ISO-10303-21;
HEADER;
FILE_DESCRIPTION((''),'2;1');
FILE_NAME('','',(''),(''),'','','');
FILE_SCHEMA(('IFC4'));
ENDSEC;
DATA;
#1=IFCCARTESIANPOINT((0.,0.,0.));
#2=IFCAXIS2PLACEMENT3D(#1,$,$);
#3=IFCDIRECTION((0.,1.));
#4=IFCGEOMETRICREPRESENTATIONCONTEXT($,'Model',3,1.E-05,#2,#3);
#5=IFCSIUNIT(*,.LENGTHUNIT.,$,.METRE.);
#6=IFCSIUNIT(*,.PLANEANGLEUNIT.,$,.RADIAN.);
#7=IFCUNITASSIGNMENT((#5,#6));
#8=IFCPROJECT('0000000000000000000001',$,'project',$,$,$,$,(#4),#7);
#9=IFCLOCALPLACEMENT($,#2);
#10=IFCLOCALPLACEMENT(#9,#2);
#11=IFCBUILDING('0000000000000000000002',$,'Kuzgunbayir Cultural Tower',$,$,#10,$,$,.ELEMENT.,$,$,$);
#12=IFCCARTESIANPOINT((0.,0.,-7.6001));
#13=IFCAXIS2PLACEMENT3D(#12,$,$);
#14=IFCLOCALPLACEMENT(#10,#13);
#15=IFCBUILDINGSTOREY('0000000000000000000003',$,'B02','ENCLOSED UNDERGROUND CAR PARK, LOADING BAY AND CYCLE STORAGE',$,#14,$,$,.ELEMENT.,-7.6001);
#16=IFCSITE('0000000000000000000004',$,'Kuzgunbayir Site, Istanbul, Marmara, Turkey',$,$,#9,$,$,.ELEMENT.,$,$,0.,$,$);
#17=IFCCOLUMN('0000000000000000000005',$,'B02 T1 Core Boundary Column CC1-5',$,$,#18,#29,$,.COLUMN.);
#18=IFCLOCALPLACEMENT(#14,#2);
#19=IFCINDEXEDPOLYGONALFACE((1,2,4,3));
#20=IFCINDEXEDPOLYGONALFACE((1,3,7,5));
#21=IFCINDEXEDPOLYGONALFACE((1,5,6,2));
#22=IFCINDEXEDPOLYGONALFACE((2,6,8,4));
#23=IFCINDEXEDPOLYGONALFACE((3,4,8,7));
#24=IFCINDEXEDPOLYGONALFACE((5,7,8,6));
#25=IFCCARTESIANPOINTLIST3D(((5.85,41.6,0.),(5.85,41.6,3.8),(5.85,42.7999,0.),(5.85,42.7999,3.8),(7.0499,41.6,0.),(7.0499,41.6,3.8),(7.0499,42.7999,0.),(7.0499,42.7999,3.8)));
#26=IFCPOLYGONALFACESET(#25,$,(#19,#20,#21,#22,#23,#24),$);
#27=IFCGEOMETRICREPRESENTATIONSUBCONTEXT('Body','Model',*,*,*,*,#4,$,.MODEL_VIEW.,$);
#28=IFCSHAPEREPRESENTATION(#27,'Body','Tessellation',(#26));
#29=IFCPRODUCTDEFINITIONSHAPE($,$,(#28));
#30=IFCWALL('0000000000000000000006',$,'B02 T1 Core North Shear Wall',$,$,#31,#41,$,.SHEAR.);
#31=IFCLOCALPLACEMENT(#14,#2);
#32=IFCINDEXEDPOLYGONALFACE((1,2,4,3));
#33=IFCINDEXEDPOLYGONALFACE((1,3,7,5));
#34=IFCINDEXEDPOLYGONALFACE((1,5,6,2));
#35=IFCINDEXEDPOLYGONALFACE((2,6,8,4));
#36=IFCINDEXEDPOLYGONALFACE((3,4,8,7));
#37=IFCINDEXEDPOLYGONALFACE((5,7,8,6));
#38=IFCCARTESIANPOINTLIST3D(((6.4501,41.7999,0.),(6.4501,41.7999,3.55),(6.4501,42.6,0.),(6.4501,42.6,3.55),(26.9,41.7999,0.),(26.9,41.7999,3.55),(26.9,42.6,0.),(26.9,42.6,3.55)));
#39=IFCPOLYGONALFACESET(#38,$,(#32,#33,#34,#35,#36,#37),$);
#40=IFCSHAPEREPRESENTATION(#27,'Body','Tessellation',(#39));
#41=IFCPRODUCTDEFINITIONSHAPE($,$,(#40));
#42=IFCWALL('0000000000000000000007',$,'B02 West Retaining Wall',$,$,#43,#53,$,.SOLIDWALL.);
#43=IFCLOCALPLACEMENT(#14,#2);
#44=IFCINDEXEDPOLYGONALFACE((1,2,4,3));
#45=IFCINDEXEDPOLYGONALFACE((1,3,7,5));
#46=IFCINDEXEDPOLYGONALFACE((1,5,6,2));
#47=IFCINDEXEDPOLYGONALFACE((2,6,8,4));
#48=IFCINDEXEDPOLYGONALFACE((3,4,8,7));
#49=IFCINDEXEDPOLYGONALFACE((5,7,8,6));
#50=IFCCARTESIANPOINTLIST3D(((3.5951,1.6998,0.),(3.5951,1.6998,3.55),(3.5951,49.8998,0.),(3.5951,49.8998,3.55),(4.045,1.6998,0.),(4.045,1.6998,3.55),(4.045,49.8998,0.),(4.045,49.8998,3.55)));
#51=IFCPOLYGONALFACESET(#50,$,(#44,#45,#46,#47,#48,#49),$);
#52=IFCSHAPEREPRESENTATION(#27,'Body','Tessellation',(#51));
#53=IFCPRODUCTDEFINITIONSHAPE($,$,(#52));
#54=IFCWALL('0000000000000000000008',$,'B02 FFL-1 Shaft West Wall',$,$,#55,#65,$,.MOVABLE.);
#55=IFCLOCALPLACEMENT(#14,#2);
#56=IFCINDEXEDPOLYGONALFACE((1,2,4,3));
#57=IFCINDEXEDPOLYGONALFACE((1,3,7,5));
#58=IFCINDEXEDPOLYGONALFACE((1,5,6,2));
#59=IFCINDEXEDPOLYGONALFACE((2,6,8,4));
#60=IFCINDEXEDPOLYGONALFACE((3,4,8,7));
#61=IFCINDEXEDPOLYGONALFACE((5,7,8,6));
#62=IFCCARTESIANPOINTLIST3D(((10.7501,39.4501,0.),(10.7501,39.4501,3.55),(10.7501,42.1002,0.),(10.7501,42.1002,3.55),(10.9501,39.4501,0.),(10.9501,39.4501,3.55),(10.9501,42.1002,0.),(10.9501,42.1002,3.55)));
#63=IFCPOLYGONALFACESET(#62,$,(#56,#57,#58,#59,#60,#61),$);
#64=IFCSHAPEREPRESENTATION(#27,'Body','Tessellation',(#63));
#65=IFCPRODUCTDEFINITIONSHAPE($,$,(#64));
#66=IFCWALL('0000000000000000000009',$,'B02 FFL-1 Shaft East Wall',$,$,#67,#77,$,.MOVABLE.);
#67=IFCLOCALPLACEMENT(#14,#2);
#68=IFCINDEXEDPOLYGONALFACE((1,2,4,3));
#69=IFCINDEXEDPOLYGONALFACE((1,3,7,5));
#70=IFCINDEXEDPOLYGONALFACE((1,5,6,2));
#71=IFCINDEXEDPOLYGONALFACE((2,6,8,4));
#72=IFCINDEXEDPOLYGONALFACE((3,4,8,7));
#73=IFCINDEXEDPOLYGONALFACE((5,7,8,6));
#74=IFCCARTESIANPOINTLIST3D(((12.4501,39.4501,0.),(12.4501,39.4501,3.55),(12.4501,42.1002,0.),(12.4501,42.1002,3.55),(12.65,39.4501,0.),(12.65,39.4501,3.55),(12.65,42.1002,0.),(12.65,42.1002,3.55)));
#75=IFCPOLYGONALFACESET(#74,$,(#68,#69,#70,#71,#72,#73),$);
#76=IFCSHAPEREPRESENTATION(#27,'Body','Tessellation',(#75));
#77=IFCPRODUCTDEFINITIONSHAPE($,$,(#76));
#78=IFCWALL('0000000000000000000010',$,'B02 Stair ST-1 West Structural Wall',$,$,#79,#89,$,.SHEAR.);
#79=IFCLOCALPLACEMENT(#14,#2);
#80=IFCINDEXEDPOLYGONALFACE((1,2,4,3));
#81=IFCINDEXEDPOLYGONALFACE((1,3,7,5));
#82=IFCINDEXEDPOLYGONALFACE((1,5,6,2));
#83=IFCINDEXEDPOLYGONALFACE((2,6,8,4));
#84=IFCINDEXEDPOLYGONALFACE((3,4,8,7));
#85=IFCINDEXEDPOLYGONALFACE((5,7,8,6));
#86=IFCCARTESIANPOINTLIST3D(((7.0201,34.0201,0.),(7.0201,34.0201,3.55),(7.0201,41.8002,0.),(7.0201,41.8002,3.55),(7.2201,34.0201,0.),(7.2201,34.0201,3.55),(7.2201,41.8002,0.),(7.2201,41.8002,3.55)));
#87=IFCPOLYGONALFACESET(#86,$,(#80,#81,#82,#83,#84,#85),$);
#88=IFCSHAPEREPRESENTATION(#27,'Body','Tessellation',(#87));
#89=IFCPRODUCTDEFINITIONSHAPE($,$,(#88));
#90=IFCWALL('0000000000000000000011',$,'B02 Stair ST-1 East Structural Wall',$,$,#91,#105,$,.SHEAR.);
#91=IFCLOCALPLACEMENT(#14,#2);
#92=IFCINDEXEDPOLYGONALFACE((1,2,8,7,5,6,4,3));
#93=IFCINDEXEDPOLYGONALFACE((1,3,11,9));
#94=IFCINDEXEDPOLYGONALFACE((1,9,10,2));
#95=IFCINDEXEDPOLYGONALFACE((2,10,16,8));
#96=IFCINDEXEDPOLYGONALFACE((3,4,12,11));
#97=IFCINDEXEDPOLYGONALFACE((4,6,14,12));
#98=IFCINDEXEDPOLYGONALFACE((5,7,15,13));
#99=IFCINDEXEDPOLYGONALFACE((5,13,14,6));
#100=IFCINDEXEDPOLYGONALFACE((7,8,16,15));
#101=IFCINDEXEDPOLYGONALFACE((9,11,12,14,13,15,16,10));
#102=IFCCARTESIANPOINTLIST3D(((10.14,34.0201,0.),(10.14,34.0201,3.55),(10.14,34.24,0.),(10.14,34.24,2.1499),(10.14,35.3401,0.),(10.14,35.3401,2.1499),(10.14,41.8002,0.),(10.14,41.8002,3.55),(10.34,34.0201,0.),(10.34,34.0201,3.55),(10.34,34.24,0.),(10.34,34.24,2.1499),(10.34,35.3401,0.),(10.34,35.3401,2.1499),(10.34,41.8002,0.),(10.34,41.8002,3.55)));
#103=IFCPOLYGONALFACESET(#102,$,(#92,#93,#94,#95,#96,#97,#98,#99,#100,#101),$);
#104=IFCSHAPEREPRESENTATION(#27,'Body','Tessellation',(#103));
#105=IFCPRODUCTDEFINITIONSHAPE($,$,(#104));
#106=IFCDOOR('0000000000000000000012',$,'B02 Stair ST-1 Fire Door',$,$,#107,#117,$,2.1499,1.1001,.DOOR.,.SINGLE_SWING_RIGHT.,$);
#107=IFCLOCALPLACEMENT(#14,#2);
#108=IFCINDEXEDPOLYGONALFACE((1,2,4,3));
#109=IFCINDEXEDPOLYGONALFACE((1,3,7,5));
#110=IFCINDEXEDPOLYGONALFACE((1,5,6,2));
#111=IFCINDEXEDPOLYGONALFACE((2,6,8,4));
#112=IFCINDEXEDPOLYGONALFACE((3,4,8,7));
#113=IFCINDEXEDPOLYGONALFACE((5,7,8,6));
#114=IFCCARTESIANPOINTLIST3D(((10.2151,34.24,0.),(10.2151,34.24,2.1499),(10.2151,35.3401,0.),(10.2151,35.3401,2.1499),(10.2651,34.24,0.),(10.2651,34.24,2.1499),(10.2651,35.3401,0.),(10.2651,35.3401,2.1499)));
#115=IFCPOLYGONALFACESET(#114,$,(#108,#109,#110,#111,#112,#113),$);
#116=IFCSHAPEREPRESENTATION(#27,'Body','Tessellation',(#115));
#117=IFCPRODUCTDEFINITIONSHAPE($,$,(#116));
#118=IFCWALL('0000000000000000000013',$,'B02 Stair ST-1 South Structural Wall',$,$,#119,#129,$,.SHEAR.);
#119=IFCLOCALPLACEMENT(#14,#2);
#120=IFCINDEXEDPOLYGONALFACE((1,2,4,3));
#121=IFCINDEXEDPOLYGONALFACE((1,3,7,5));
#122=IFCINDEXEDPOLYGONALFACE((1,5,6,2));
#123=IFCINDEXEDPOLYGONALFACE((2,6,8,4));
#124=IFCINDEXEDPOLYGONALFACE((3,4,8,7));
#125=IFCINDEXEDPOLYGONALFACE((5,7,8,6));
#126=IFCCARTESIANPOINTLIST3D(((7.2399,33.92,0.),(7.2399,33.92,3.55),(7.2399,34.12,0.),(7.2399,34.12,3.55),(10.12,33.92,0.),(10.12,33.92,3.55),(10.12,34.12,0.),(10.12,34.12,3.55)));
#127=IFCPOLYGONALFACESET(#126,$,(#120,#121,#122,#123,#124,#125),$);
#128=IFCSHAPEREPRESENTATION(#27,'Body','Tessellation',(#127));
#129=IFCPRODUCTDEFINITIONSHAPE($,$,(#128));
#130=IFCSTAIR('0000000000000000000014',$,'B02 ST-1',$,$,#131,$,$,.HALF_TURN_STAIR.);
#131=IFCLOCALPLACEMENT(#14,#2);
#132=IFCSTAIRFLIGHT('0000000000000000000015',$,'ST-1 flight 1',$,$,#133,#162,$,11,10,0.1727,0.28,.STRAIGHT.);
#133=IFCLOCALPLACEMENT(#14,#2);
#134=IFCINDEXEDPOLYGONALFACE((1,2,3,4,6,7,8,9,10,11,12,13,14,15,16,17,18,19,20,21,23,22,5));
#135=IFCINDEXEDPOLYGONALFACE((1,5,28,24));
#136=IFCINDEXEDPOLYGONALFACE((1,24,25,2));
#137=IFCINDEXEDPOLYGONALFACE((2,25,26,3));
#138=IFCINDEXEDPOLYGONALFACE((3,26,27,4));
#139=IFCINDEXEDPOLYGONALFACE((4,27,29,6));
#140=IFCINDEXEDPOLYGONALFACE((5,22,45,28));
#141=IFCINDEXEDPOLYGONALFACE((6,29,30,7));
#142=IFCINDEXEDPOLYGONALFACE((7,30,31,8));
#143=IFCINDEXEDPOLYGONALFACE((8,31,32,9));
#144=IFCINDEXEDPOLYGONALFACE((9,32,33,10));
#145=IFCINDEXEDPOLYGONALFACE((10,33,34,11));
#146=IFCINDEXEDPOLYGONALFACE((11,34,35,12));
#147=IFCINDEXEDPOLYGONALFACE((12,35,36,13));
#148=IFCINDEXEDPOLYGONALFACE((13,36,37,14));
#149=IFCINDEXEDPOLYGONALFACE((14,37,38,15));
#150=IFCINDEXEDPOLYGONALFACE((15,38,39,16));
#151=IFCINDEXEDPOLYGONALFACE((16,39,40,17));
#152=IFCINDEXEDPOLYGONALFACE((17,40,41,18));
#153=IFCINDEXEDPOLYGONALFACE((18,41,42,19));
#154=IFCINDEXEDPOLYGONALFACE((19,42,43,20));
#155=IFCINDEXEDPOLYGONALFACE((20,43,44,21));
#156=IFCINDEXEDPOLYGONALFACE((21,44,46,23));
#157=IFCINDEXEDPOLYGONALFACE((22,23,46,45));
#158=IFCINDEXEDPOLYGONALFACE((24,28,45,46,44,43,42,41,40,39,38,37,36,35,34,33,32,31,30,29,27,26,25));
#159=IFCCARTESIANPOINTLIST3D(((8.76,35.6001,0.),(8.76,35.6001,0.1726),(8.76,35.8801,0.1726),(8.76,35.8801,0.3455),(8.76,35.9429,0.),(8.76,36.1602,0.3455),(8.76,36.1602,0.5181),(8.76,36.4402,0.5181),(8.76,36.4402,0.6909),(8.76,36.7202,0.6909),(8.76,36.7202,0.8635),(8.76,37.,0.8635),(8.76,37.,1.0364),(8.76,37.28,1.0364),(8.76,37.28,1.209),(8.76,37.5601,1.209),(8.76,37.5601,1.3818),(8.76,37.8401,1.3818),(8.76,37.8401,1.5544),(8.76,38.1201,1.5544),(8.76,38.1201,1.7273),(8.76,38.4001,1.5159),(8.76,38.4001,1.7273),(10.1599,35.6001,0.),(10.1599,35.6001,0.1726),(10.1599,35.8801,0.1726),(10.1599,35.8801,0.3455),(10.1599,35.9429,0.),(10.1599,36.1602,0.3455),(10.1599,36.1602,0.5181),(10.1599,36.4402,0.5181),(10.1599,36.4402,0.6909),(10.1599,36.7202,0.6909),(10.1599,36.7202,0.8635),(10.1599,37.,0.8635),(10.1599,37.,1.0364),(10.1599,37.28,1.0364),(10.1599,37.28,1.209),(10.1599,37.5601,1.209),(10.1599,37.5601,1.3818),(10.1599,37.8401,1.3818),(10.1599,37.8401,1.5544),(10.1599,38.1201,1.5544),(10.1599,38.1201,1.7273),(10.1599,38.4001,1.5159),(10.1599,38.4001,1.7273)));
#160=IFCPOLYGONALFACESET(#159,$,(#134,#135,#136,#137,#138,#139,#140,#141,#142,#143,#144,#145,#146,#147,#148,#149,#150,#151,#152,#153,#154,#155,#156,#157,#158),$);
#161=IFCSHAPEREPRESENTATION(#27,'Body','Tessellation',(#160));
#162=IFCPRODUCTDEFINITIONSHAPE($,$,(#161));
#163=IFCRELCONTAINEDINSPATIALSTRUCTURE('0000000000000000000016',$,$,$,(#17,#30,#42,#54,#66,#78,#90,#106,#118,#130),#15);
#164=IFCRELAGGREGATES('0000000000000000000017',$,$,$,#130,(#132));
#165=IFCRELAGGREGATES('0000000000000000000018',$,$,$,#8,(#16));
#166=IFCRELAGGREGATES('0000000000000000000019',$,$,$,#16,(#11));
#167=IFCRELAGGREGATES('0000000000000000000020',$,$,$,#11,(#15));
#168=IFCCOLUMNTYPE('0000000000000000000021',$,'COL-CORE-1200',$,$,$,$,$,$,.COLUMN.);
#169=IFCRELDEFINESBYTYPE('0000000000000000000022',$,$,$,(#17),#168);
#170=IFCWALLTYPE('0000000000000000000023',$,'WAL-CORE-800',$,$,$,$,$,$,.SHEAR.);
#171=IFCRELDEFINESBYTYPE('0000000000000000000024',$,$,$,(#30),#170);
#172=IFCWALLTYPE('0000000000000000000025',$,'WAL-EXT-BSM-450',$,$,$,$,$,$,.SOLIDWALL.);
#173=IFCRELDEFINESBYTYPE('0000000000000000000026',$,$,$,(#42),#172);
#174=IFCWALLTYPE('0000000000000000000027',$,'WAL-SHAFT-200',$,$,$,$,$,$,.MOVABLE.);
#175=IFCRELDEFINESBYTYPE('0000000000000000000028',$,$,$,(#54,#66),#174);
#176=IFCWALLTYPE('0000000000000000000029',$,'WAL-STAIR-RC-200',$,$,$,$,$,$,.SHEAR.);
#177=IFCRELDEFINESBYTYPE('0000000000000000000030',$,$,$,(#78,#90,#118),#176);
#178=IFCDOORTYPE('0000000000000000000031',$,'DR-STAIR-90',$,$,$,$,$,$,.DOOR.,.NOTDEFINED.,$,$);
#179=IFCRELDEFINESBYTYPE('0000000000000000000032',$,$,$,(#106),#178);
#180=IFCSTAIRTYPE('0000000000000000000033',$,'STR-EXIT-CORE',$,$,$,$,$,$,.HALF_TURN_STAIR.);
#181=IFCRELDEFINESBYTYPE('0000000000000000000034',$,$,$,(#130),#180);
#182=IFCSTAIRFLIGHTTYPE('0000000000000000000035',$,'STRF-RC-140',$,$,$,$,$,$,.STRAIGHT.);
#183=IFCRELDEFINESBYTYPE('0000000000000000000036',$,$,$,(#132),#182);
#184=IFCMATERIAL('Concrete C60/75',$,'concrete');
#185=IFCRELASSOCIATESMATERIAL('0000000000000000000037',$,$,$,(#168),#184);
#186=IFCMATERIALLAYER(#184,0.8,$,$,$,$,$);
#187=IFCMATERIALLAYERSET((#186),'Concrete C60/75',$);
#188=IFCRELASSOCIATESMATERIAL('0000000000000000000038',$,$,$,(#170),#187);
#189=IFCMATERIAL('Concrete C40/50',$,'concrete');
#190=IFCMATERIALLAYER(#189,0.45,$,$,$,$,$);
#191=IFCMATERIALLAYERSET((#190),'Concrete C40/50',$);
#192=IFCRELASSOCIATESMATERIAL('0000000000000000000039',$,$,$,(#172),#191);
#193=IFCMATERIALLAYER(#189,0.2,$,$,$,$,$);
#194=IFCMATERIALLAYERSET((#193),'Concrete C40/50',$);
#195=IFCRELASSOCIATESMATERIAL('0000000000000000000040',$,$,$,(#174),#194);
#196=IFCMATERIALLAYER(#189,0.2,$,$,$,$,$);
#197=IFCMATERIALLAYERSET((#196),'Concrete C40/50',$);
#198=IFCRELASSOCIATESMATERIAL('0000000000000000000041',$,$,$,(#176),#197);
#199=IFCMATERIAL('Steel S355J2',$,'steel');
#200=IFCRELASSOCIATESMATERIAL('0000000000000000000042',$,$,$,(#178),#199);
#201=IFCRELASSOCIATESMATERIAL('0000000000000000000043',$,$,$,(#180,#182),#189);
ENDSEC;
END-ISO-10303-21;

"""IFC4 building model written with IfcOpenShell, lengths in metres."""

from ifc_helpers import new_model, si_unit, direction, frame, frame_2d, origin, origin_2d, place, context, subcontext, project, spatial, polyline, rectangle, outline, extrude, material, layer, layer_set, material_profile, profile_set, type_object, element, fill, aggregate, save


model = new_model("IFC4")

# Units and contexts
model_context = context("Model", 3, precision=1e-05, world=origin(), true_north=direction((0.0, 1.0)))
body_context = subcontext(model_context, "Body", "Model", "MODEL_VIEW")
ifc_project = project(units=[si_unit("LENGTHUNIT", "METRE"), si_unit("PLANEANGLEUNIT", "RADIAN")], contexts=[model_context])

# Site, building, storey
site_placement = place(None, origin())
site = spatial("IfcSite", under=ifc_project, at=site_placement, Name="Kuzgunbayir Site, Istanbul, Marmara, Turkey", CompositionType="ELEMENT", RefElevation=0.0)
building_placement = place(site_placement, origin())
building = spatial("IfcBuilding", under=site, at=building_placement, Name="Kuzgunbayir Cultural Tower", CompositionType="ELEMENT")
storey_placement = place(building_placement, frame((0.0, 0.0, -7.6001)))
storey = spatial("IfcBuildingStorey", under=building, at=storey_placement, Name="B02", Description="ENCLOSED UNDERGROUND CAR PARK, LOADING BAY AND CYCLE STORAGE", CompositionType="ELEMENT", Elevation=-7.6001)

# Column
ifc_material_1 = material(Name="Concrete C60/75", Category="concrete")
ifc_material_profile = material_profile(ifc_material_1, rectangle(XDim=1.2, YDim=1.2, at=origin_2d()), Name="RC 1200x1200")
ifc_profile_set = profile_set([ifc_material_profile], Name="Concrete C60/75")
column_type = type_object("IfcColumnType", Name="COL-CORE-1200", PredefinedType="COLUMN", material=ifc_profile_set)
column_placement = place(storey_placement, frame((6.45, 42.2, 0.0), z_axis=(0.0, 0.0, 1.0), x_axis=(1.0, 0.0, 0.0)))
element("IfcColumn", 1, at=column_placement, inside=storey, type_object=column_type, Name="B02 T1 Core Boundary Column CC1-5", PredefinedType="COLUMN", context=body_context, shape_type="SweptSolid", body=[
    extrude(rectangle(XDim=1.2, YDim=1.2, at=origin_2d()), origin(), (0.0, 0.0, 1.0), 3.8),
])

# Walls
ifc_layer_1 = layer(ifc_material_1, 0.8)
ifc_layer_set_1 = layer_set([ifc_layer_1], Name="Concrete C60/75")
wall_type_1 = type_object("IfcWallType", Name="WAL-CORE-800", PredefinedType="SHEAR", material=ifc_layer_set_1)
wall_1_placement = place(storey_placement, frame((6.45, 42.2, 0.0), z_axis=(0.0, 0.0, 1.0), x_axis=(1.0, 0.0, 0.0)))
element("IfcWall", 2, at=wall_1_placement, inside=storey, type_object=wall_type_1, Name="B02 T1 Core North Shear Wall", PredefinedType="SHEAR", context=body_context, shape_type="SweptSolid", body=[
    extrude(rectangle(XDim=20.45, YDim=0.8, at=frame_2d((10.2251, 0.0))), origin(), (0.0, 0.0, 1.0), 3.55),
])
ifc_material_2 = material(Name="Concrete C40/50", Category="concrete")
ifc_layer_2 = layer(ifc_material_2, 0.45)
ifc_layer_set_2 = layer_set([ifc_layer_2], Name="Concrete C40/50")
wall_type_2 = type_object("IfcWallType", Name="WAL-EXT-BSM-450", PredefinedType="SOLIDWALL", material=ifc_layer_set_2)
wall_2_placement = place(storey_placement, frame((3.8201, 49.8999, 0.0), z_axis=(0.0, 0.0, 1.0), x_axis=(0.0, -1.0, 0.0)))
element("IfcWall", 3, at=wall_2_placement, inside=storey, type_object=wall_type_2, Name="B02 West Retaining Wall", PredefinedType="SOLIDWALL", context=body_context, shape_type="SweptSolid", body=[
    extrude(rectangle(XDim=48.2, YDim=0.45, at=frame_2d((24.1001, 0.0))), origin(), (0.0, 0.0, 1.0), 3.55),
])

# Shared definitions
ifc_layer_3 = layer(ifc_material_2, 0.2)
ifc_layer_set_3 = layer_set([ifc_layer_3], Name="Concrete C40/50")
wall_type_3 = type_object("IfcWallType", Name="WAL-SHAFT-200", PredefinedType="MOVABLE", material=ifc_layer_set_3)

# Walls
for number, where, z_axis, x_axis, name in (
    (4, (10.8501, 39.45, 0.0), (0.0, 0.0, 1.0), (0.0, 1.0, 0.0), "B02 FFL-1 Shaft West Wall"),
    (5, (12.55, 39.45, 0.0), (0.0, 0.0, 1.0), (0.0, 1.0, 0.0), "B02 FFL-1 Shaft East Wall"),
):
    element("IfcWall", number, at=place(storey_placement, frame(where, z_axis=z_axis, x_axis=x_axis)), inside=storey, type_object=wall_type_3, Name=name, PredefinedType="MOVABLE", context=body_context, shape_type="SweptSolid", body=[
        extrude(rectangle(XDim=2.6501, YDim=0.2, at=frame_2d((1.3252, 0.0))), origin(), (0.0, 0.0, 1.0), 3.55),
    ])
ifc_layer_4 = layer(ifc_material_2, 0.2)
ifc_layer_set_4 = layer_set([ifc_layer_4], Name="Concrete C40/50")
wall_type_4 = type_object("IfcWallType", Name="WAL-STAIR-RC-200", PredefinedType="SHEAR", material=ifc_layer_set_4)
wall_3_placement = place(storey_placement, frame((7.1201, 34.02, 0.0), z_axis=(0.0, 0.0, 1.0), x_axis=(0.0, 1.0, 0.0)))
element("IfcWall", 6, at=wall_3_placement, inside=storey, type_object=wall_type_4, Name="B02 Stair ST-1 West Structural Wall", PredefinedType="SHEAR", context=body_context, shape_type="SweptSolid", body=[
    extrude(rectangle(XDim=7.78, YDim=0.2, at=frame_2d((3.8901, 0.0))), origin(), (0.0, 0.0, 1.0), 3.55),
])

# Wall, opening, door
wall_4_placement = place(storey_placement, frame((10.24, 34.02, 0.0), z_axis=(0.0, 0.0, 1.0), x_axis=(0.0, 1.0, 0.0)))
wall_4 = element("IfcWall", 7, at=wall_4_placement, inside=storey, type_object=wall_type_4, Name="B02 Stair ST-1 East Structural Wall", PredefinedType="SHEAR", context=body_context, shape_type="SweptSolid", body=[
    extrude(rectangle(XDim=7.78, YDim=0.2, at=frame_2d((3.8901, 0.0))), origin(), (0.0, 0.0, 1.0), 3.55),
])
opening_1_placement = place(wall_4_placement, frame((0.22, 0.0, 0.0)))
opening_1 = element("IfcOpeningElement", 8, at=opening_1_placement, cuts=wall_4, PredefinedType="OPENING", context=body_context, shape_type="SweptSolid", body=[
    extrude(rectangle(XDim=1.1001, YDim=2.1499, at=frame_2d((0.55, 1.075))), frame((0.0, 0.1099, 0.0), z_axis=(0.0, -1.0, 0.0), x_axis=(1.0, 0.0, 0.0)), (0.0, 0.0, 1.0), 0.22),
])
ifc_material_3 = material(Name="Steel S355J2", Category="steel")
door_type_1 = type_object("IfcDoorType", Name="DR-STAIR-90", OperationType="NOTDEFINED", PredefinedType="DOOR", material=ifc_material_3)
door_1_placement = place(opening_1_placement, origin())
door_1 = element("IfcDoor", 9, at=door_1_placement, inside=storey, type_object=door_type_1, Name="B02 Stair ST-1 Fire Door", OperationType="SINGLE_SWING_RIGHT", OverallHeight=2.1499, OverallWidth=1.1001, PredefinedType="DOOR", context=body_context, shape_type="SweptSolid", body=[
    extrude(rectangle(XDim=1.1001, YDim=2.1499, at=frame_2d((0.55, 1.075))), frame((0.0, 0.0249, 0.0), z_axis=(0.0, -1.0, 0.0), x_axis=(1.0, 0.0, 0.0)), (0.0, 0.0, 1.0), 0.05),
])
fill(opening_1, door_1)

# Wall
wall_5_placement = place(storey_placement, frame((7.24, 34.02, 0.0), z_axis=(0.0, 0.0, 1.0), x_axis=(1.0, 0.0, 0.0)))
element("IfcWall", 10, at=wall_5_placement, inside=storey, type_object=wall_type_4, Name="B02 Stair ST-1 South Structural Wall", PredefinedType="SHEAR", context=body_context, shape_type="SweptSolid", body=[
    extrude(rectangle(XDim=2.8801, YDim=0.2, at=frame_2d((1.4399, 0.0))), origin(), (0.0, 0.0, 1.0), 3.55),
])

# Stair, stair flight
stair_type = type_object("IfcStairType", Name="STR-EXIT-CORE", PredefinedType="HALF_TURN_STAIR", material=ifc_material_2)
stair_placement = place(storey_placement, origin())
stair = element("IfcStair", 11, at=stair_placement, inside=storey, type_object=stair_type, Name="B02 ST-1", PredefinedType="HALF_TURN_STAIR")
stair_flight_type = type_object("IfcStairFlightType", Name="STRF-RC-140", PredefinedType="STRAIGHT", material=ifc_material_2)
stair_flight_1_placement = place(storey_placement, frame((9.46, 35.6001, 0.0), z_axis=(0.0, 0.0, 1.0), x_axis=(0.0, 1.0, 0.0)))
stair_flight_1 = element("IfcStairFlight", 12, at=stair_flight_1_placement, type_object=stair_flight_type, Name="ST-1 flight 1", NumberOfRisers=11, NumberOfTreads=10, PredefinedType="STRAIGHT", RiserHeight=0.1727, TreadLength=0.28, context=body_context, shape_type="SweptSolid", body=[
    extrude(outline(polyline([(0.0, 0.0), (0.0, 0.1726), (0.28, 0.1726), (0.28, 0.3455), (0.5601, 0.3455), (0.5601, 0.5181), (0.8401, 0.5181), (0.8401, 0.6909), (1.1201, 0.6909), (1.1201, 0.8635), (1.3999, 0.8635), (1.3999, 1.0364), (1.6799, 1.0364), (1.6799, 1.209), (1.96, 1.209), (1.96, 1.3818), (2.24, 1.3818), (2.24, 1.5544), (2.52, 1.5544), (2.52, 1.7273), (2.8, 1.7273), (2.8, 1.8999), (2.8, 1.5159), (0.3428, 0.0), (0.0, 0.0)])), frame((0.0, 0.7, 0.0), z_axis=(0.0, -1.0, 0.0), x_axis=(1.0, 0.0, 0.0)), (0.0, 0.0, 1.0), 1.3999),
])
aggregate(stair, [stair_flight_1])

save(model, "model.ifc")
